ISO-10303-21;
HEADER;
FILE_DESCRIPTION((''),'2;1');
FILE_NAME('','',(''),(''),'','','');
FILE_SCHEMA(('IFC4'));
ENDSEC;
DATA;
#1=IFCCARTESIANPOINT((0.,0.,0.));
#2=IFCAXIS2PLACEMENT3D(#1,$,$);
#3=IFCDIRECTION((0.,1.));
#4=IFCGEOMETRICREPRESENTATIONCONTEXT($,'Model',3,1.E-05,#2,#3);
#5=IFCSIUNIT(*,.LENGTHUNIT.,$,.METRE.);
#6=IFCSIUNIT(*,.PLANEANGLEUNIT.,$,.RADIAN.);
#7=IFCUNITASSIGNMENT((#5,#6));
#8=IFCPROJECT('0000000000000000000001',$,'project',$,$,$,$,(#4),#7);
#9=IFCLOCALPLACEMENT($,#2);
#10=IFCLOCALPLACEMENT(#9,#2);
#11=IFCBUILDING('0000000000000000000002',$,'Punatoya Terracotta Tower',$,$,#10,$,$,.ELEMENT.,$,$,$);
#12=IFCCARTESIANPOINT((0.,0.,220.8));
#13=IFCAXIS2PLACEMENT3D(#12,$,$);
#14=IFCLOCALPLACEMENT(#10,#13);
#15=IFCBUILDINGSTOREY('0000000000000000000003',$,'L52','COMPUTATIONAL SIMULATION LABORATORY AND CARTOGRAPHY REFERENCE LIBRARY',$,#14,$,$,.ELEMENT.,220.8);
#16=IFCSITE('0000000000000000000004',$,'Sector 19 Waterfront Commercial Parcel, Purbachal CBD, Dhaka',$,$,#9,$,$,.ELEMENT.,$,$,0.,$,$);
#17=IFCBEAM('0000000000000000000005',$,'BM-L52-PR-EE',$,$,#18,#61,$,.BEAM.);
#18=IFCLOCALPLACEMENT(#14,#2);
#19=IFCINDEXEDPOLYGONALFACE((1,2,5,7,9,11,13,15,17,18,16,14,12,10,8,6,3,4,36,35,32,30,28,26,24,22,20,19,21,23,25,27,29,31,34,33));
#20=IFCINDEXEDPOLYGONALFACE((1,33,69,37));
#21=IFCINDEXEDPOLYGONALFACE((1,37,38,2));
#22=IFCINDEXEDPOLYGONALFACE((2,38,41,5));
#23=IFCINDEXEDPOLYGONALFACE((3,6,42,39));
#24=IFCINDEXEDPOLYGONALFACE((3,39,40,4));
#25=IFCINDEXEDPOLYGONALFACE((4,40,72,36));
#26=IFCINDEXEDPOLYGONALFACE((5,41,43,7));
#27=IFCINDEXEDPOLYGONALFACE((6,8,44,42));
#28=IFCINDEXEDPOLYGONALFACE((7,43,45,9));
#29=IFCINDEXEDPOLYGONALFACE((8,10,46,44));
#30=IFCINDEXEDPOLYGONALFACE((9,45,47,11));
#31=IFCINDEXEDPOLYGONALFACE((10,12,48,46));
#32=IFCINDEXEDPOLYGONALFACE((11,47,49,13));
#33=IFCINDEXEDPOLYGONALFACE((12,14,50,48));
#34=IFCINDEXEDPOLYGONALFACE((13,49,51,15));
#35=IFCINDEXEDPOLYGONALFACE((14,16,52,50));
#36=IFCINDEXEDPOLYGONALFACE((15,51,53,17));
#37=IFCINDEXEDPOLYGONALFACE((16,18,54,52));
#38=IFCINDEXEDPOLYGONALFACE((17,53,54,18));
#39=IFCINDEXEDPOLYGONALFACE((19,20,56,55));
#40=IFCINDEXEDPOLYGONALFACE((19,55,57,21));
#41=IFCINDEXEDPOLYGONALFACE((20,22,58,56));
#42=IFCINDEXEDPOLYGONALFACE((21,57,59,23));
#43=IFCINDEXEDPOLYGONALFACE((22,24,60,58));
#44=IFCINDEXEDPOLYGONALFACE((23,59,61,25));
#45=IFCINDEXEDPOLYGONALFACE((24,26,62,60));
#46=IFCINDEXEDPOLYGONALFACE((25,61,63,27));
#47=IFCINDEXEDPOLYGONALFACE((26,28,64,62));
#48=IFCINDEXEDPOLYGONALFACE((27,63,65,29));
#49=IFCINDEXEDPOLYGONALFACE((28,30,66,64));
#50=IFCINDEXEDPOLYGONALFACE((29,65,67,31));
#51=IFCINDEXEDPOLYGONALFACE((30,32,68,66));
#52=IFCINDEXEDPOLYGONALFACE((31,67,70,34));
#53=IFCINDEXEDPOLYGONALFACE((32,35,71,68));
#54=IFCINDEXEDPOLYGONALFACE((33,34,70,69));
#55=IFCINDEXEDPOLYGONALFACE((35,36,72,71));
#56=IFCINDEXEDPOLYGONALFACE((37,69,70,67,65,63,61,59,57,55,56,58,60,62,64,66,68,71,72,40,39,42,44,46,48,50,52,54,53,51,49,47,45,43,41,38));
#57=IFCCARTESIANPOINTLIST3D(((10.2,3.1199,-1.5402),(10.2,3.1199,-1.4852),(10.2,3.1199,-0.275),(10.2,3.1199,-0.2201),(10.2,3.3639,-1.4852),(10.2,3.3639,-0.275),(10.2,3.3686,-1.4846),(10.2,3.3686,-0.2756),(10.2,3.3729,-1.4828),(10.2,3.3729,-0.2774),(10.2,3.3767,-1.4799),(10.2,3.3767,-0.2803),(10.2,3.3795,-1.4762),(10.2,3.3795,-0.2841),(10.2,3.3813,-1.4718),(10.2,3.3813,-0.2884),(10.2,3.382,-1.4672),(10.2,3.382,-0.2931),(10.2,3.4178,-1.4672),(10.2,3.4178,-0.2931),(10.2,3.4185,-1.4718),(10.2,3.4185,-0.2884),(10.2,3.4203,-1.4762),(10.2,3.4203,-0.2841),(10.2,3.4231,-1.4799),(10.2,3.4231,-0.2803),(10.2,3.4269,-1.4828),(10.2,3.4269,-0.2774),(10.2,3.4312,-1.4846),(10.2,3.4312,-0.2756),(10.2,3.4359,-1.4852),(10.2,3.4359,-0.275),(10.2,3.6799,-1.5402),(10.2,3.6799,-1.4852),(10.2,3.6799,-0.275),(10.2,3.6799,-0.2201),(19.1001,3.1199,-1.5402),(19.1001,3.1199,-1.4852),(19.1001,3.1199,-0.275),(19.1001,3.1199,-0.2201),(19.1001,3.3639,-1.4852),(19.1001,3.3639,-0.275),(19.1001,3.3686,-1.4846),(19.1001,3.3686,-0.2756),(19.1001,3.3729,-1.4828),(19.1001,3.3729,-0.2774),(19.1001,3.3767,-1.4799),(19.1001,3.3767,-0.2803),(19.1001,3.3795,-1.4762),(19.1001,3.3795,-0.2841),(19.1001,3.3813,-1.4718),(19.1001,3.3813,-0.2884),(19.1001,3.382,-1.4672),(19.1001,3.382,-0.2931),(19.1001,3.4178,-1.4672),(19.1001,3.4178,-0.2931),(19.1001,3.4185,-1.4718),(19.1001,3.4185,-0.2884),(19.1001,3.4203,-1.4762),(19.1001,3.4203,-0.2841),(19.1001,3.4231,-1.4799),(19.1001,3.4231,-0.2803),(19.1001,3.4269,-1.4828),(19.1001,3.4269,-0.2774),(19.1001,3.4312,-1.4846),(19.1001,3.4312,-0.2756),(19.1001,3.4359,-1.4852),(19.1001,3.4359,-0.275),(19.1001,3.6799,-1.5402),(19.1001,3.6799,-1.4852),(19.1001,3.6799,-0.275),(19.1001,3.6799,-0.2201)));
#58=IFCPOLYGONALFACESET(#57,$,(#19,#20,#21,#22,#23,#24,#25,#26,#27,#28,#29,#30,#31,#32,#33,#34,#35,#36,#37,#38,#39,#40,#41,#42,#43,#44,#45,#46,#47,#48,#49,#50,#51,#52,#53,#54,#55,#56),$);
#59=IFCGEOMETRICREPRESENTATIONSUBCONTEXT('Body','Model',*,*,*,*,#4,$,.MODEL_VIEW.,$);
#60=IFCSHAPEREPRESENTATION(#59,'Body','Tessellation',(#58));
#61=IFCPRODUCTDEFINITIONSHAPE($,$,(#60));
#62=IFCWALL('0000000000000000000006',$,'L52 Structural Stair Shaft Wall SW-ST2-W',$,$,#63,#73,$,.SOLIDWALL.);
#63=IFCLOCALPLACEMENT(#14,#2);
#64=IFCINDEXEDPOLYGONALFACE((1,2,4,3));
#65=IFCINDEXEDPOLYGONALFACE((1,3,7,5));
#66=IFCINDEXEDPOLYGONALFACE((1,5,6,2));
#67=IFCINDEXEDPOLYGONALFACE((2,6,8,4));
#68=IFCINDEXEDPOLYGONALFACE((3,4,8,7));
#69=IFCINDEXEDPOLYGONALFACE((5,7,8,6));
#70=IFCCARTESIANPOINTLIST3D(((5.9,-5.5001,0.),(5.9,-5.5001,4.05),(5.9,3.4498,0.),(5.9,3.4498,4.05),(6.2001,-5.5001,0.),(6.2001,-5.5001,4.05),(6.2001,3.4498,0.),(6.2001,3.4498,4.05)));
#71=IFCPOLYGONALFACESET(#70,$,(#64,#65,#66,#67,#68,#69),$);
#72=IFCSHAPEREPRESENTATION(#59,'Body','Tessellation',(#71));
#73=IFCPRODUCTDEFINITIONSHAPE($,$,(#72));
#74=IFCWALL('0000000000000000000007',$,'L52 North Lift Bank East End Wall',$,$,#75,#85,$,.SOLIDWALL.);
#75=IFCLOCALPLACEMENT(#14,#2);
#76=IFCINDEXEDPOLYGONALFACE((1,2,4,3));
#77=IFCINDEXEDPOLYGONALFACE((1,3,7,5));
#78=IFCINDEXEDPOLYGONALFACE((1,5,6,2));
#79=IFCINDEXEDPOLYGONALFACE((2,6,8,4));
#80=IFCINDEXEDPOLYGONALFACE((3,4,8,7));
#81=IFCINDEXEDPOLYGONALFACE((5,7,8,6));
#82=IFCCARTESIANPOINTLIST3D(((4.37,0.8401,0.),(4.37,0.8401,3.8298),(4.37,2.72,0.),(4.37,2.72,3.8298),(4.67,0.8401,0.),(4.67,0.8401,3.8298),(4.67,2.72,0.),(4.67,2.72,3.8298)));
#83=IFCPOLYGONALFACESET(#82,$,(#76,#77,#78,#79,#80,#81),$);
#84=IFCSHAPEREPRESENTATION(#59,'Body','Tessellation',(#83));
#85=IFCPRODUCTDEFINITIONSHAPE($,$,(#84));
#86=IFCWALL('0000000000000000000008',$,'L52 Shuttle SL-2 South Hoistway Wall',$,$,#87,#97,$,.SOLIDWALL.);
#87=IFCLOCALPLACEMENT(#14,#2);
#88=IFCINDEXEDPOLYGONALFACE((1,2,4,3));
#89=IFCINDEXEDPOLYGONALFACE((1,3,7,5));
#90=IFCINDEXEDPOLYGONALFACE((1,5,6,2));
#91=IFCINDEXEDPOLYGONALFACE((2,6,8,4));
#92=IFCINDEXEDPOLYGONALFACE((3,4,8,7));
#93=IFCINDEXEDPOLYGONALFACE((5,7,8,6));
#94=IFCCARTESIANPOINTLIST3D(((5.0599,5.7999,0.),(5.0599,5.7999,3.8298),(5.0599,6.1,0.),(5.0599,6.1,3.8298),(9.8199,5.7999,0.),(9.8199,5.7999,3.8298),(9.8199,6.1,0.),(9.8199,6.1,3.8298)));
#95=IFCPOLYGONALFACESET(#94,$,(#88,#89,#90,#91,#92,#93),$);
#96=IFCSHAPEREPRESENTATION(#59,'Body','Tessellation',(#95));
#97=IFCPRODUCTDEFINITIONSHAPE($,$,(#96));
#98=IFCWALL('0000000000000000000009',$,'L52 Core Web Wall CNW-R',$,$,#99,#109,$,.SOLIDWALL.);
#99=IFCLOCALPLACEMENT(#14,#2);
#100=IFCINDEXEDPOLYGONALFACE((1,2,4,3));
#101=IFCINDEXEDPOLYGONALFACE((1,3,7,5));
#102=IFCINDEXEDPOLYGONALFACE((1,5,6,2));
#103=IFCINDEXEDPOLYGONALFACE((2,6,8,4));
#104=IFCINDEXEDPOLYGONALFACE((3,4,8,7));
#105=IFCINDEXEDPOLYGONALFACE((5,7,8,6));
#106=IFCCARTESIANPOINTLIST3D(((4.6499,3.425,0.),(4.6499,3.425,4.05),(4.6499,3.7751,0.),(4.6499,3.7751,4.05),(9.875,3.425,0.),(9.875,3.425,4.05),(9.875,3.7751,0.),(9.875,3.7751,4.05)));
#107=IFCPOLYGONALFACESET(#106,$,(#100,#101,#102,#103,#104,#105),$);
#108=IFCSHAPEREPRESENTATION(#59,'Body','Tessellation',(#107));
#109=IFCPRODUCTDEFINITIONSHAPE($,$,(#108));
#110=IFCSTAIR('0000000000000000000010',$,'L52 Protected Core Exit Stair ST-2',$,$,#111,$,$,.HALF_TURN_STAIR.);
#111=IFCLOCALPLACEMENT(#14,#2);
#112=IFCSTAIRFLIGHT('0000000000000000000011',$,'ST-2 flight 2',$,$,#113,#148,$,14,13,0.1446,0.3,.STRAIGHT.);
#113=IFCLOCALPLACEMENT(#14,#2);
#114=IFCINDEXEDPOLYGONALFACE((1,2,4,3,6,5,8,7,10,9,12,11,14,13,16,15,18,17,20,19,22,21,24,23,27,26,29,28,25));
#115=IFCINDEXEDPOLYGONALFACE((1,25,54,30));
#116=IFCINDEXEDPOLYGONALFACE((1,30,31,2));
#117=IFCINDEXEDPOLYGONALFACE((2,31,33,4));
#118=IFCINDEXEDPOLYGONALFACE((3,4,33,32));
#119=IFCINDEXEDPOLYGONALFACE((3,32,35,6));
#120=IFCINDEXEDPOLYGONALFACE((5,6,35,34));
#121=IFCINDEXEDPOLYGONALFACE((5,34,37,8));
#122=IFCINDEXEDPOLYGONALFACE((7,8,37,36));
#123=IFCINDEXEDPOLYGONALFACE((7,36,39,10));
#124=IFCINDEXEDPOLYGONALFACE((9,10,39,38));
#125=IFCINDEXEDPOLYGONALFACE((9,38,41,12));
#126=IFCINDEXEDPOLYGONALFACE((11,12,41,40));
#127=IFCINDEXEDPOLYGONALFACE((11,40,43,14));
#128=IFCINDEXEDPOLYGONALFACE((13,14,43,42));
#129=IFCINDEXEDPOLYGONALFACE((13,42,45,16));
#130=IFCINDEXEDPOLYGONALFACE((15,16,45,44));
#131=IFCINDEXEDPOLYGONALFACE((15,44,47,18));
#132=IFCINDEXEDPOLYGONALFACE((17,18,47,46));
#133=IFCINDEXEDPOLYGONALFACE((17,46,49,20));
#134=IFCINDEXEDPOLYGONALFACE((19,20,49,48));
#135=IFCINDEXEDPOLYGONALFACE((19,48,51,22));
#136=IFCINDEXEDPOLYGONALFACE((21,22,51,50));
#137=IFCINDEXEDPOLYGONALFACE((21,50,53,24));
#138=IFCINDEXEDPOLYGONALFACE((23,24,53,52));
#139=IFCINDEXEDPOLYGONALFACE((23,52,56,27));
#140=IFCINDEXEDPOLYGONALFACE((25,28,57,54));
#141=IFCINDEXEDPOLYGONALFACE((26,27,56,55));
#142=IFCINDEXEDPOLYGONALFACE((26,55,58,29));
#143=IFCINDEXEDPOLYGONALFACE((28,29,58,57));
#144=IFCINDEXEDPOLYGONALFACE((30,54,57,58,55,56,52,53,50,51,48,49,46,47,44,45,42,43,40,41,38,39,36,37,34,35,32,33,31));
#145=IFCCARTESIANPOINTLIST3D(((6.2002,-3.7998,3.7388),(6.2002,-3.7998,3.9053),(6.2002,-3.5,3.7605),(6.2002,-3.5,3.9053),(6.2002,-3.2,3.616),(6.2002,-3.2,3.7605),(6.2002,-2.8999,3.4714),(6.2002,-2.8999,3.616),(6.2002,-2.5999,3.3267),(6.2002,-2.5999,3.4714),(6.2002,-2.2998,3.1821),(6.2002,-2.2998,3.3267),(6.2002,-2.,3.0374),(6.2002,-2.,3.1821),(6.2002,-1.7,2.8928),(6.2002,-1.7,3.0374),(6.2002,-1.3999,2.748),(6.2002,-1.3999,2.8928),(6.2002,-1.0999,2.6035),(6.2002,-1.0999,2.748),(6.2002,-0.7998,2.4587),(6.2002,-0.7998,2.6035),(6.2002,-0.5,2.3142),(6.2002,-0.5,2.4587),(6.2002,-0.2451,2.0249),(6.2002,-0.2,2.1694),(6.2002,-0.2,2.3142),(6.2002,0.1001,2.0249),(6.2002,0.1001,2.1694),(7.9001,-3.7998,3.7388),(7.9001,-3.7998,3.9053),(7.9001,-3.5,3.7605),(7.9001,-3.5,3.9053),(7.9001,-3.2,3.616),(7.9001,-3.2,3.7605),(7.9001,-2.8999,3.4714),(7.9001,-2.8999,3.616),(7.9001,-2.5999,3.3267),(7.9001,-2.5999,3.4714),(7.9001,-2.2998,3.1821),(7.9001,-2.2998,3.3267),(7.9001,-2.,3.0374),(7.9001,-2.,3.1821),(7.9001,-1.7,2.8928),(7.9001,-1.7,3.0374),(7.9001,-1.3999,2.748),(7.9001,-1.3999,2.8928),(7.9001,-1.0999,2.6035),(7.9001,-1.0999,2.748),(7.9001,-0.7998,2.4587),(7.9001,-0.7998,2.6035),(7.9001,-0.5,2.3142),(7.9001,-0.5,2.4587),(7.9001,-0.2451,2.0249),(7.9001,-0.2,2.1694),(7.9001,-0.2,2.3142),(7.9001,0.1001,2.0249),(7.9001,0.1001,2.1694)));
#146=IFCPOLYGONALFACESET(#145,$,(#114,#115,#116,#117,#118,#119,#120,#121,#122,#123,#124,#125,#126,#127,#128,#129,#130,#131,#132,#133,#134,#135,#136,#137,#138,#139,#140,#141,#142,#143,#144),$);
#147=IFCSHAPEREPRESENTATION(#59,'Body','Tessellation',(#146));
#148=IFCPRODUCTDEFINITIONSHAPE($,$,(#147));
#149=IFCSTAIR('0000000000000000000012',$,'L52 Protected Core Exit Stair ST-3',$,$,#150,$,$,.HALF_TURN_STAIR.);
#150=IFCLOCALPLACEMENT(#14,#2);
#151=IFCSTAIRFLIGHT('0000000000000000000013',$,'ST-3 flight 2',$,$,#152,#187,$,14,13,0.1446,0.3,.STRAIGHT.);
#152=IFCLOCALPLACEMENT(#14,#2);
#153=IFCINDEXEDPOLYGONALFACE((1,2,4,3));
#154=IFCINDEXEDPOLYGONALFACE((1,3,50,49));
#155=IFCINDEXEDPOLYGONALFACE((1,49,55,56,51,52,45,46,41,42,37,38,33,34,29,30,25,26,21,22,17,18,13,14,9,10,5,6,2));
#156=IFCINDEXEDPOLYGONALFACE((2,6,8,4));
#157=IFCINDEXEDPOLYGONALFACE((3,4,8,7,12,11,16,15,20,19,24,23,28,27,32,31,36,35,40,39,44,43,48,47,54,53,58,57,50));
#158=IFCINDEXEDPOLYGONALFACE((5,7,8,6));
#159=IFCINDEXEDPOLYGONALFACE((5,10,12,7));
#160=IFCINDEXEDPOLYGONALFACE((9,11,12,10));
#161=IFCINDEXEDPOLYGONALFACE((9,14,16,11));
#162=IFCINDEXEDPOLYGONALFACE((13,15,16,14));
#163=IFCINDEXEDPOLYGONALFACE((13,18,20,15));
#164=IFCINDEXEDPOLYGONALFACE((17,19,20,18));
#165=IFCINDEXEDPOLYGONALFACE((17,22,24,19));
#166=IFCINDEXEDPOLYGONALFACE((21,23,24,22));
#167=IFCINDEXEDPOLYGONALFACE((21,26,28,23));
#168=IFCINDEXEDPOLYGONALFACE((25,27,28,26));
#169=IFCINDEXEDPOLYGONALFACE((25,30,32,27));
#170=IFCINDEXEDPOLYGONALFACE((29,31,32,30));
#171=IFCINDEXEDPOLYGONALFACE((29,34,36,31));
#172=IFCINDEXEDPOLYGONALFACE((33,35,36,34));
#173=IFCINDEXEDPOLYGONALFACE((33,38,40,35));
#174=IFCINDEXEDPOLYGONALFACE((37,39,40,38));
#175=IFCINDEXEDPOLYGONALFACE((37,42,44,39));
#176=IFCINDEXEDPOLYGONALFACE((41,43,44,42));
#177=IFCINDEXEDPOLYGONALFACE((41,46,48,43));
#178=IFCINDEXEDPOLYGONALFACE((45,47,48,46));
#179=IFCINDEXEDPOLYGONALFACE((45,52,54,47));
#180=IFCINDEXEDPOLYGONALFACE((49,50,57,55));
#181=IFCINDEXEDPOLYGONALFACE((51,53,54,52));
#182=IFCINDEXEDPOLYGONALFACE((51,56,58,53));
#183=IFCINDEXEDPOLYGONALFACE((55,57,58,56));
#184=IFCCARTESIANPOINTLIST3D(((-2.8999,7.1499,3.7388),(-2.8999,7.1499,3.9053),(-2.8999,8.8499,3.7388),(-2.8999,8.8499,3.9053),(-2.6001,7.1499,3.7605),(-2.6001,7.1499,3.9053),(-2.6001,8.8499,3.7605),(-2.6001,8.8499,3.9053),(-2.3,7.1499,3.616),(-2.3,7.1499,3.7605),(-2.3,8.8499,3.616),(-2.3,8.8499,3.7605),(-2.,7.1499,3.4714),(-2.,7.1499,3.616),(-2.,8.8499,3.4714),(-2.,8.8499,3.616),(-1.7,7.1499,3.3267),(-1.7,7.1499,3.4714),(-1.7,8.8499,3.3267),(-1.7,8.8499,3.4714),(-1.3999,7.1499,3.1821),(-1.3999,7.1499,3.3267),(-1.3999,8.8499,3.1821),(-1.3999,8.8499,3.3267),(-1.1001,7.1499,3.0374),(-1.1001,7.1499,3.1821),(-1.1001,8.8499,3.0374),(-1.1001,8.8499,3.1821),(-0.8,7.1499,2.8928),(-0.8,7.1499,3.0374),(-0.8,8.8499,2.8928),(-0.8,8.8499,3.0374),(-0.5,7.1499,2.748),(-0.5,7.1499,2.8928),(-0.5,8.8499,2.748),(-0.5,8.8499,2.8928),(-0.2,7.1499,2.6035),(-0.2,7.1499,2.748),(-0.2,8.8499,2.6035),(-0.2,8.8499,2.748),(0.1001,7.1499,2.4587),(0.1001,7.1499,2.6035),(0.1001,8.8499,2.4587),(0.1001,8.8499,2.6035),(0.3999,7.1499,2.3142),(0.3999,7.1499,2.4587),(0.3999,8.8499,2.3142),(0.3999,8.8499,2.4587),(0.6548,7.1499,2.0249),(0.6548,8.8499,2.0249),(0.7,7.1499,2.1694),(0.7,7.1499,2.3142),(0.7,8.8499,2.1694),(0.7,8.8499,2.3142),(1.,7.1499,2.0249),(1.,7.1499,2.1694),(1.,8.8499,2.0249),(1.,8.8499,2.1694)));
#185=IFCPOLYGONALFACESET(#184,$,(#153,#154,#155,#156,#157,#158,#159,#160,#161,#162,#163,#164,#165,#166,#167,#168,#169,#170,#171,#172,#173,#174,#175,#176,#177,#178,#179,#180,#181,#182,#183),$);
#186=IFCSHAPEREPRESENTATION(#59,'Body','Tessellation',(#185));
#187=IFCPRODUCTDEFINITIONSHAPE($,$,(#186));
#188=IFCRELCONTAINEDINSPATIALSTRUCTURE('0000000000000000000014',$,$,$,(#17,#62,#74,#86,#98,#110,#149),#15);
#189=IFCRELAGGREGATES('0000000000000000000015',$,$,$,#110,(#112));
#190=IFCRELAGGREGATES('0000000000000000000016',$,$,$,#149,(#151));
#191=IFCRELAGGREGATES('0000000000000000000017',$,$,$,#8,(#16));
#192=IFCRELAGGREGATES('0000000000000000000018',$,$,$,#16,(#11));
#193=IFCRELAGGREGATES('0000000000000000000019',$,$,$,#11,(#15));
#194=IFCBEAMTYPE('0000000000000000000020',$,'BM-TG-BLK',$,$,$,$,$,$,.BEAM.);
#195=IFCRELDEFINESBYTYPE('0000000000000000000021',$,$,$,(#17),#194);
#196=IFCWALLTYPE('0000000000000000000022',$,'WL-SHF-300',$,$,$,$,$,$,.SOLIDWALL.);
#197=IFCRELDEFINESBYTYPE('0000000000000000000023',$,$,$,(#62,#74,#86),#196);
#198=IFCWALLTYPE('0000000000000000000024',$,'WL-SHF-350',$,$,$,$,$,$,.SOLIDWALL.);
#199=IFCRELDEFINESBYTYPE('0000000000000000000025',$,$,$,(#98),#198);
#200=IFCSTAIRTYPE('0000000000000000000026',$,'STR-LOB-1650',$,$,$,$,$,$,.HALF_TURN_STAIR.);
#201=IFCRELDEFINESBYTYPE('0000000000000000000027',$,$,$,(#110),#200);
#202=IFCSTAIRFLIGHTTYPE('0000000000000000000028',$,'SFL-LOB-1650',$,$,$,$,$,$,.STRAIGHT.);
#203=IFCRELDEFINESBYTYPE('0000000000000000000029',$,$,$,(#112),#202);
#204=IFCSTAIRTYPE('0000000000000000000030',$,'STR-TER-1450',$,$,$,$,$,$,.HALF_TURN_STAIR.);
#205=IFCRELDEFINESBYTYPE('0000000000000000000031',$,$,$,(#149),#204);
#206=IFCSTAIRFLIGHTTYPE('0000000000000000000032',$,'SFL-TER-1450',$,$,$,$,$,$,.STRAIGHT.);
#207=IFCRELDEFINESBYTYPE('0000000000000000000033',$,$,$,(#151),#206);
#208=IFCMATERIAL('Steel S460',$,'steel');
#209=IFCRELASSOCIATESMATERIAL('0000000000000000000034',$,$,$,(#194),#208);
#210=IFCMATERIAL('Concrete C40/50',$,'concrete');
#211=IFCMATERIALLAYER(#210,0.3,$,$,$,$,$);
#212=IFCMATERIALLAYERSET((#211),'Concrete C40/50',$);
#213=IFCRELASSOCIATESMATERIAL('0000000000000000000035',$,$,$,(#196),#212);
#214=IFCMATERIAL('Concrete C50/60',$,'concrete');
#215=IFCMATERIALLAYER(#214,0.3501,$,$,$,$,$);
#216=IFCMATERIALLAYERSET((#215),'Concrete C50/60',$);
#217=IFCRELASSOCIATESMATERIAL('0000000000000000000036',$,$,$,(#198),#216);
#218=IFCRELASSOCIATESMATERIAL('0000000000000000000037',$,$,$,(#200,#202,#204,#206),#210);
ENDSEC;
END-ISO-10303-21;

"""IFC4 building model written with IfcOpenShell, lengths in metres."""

from ifc_helpers import new_model, si_unit, direction, frame, frame_2d, origin, origin_2d, place, context, subcontext, project, spatial, polyline, rectangle, i_section, outline, extrude, material, layer, layer_set, material_profile, profile_set, type_object, element, aggregate, save


model = new_model("IFC4")

# Units and contexts
model_context = context("Model", 3, precision=1e-05, world=origin(), true_north=direction((0.0, 1.0)))
body_context = subcontext(model_context, "Body", "Model", "MODEL_VIEW")
ifc_project = project(units=[si_unit("LENGTHUNIT", "METRE"), si_unit("PLANEANGLEUNIT", "RADIAN")], contexts=[model_context])

# Site, building, storey
site_placement = place(None, origin())
site = spatial("IfcSite", under=ifc_project, at=site_placement, Name="Sector 19 Waterfront Commercial Parcel, Purbachal CBD, Dhaka", CompositionType="ELEMENT", RefElevation=0.0)
building_placement = place(site_placement, origin())
building = spatial("IfcBuilding", under=site, at=building_placement, Name="Punatoya Terracotta Tower", CompositionType="ELEMENT")
storey_placement = place(building_placement, frame((0.0, 0.0, 220.8)))
storey = spatial("IfcBuildingStorey", under=building, at=storey_placement, Name="L52", Description="COMPUTATIONAL SIMULATION LABORATORY AND CARTOGRAPHY REFERENCE LIBRARY", CompositionType="ELEMENT", Elevation=220.8)

# Beam
ifc_material_1 = material(Name="Steel S460", Category="steel")
ifc_material_profile_1 = material_profile(ifc_material_1, i_section(OverallWidth=0.5601, OverallDepth=1.3201, WebThickness=0.0359, FlangeThickness=0.0549, FilletRadius=0.0181, at=origin_2d()))
ifc_profile_set_1 = profile_set([ifc_material_profile_1], Name="Steel S460")
beam_type_1 = type_object("IfcBeamType", Name="BM-TG-BLK", PredefinedType="BEAM", material=ifc_profile_set_1)
beam_placement = place(storey_placement, frame((10.2, 3.3999, -0.8801), z_axis=(1.0, 0.0, 0.0), x_axis=(0.0, 1.0, 0.0)))
element("IfcBeam", 1, at=beam_placement, inside=storey, type_object=beam_type_1, Name="BM-L52-PR-EE", PredefinedType="BEAM", context=body_context, shape_type="SweptSolid", body=[
    extrude(i_section(OverallWidth=0.5601, OverallDepth=1.3201, WebThickness=0.0359, FlangeThickness=0.0549, FilletRadius=0.0181, at=origin_2d()), origin(), (0.0, 0.0, 1.0), 8.9001),
])

# Walls
ifc_material_2 = material(Name="Concrete C40/50", Category="concrete")
ifc_layer_1 = layer(ifc_material_2, 0.3)
ifc_layer_set_1 = layer_set([ifc_layer_1], Name="Concrete C40/50")
wall_type_1 = type_object("IfcWallType", Name="WL-SHF-300", PredefinedType="SOLIDWALL", material=ifc_layer_set_1)
wall_1_placement = place(storey_placement, frame((6.05, 3.45, 0.0), z_axis=(0.0, 0.0, 1.0), x_axis=(0.0, -1.0, 0.0)))
element("IfcWall", 2, at=wall_1_placement, inside=storey, type_object=wall_type_1, Name="L52 Structural Stair Shaft Wall SW-ST2-W", PredefinedType="SOLIDWALL", context=body_context, shape_type="SweptSolid", body=[
    extrude(rectangle(XDim=8.95, YDim=0.3, at=frame_2d((4.4751, 0.0))), origin(), (0.0, 0.0, 1.0), 4.05),
])
wall_2_placement = place(storey_placement, frame((4.52, 0.8401, 0.0), z_axis=(0.0, 0.0, 1.0), x_axis=(0.0, 1.0, 0.0)))
element("IfcWall", 3, at=wall_2_placement, inside=storey, type_object=wall_type_1, Name="L52 North Lift Bank East End Wall", PredefinedType="SOLIDWALL", context=body_context, shape_type="SweptSolid", body=[
    extrude(rectangle(XDim=1.8799, YDim=0.3, at=frame_2d((0.9399, 0.0))), origin(), (0.0, 0.0, 1.0), 3.8298),
])
wall_3_placement = place(storey_placement, frame((5.0601, 5.95, 0.0), z_axis=(0.0, 0.0, 1.0), x_axis=(1.0, 0.0, 0.0)))
element("IfcWall", 4, at=wall_3_placement, inside=storey, type_object=wall_type_1, Name="L52 Shuttle SL-2 South Hoistway Wall", PredefinedType="SOLIDWALL", context=body_context, shape_type="SweptSolid", body=[
    extrude(rectangle(XDim=4.76, YDim=0.3, at=frame_2d((2.3799, 0.0))), origin(), (0.0, 0.0, 1.0), 3.8298),
])
ifc_material_3 = material(Name="Concrete C50/60", Category="concrete")
ifc_layer_2 = layer(ifc_material_3, 0.3501)
ifc_layer_set_2 = layer_set([ifc_layer_2], Name="Concrete C50/60")
wall_type_2 = type_object("IfcWallType", Name="WL-SHF-350", PredefinedType="SOLIDWALL", material=ifc_layer_set_2)
wall_4_placement = place(storey_placement, frame((4.6499, 3.6001, 0.0), z_axis=(0.0, 0.0, 1.0), x_axis=(1.0, 0.0, 0.0)))
element("IfcWall", 5, at=wall_4_placement, inside=storey, type_object=wall_type_2, Name="L52 Core Web Wall CNW-R", PredefinedType="SOLIDWALL", context=body_context, shape_type="SweptSolid", body=[
    extrude(rectangle(XDim=5.2251, YDim=0.3501, at=frame_2d((2.6125, 0.0))), origin(), (0.0, 0.0, 1.0), 4.05),
])

# Stairs, stair flights
stair_type_1 = type_object("IfcStairType", Name="STR-LOB-1650", PredefinedType="HALF_TURN_STAIR", material=ifc_material_2)
stair_1_placement = place(storey_placement, origin())
stair_1 = element("IfcStair", 6, at=stair_1_placement, inside=storey, type_object=stair_type_1, Name="L52 Protected Core Exit Stair ST-2", PredefinedType="HALF_TURN_STAIR")
stair_flight_type_1 = type_object("IfcStairFlightType", Name="SFL-LOB-1650", PredefinedType="STRAIGHT", material=ifc_material_2)
stair_flight_1_placement = place(storey_placement, frame((7.05, 0.1001, 2.0249), z_axis=(0.0, 0.0, 1.0), x_axis=(0.0, -1.0, 0.0)))
stair_flight_1 = element("IfcStairFlight", 7, at=stair_flight_1_placement, type_object=stair_flight_type_1, Name="ST-2 flight 2", NumberOfRisers=14, NumberOfTreads=13, PredefinedType="STRAIGHT", RiserHeight=0.1446, TreadLength=0.3, context=body_context, shape_type="SweptSolid", body=[
    extrude(outline(polyline([(0.0, 0.0), (0.0, 0.1445), (0.3, 0.1445), (0.3, 0.2893), (0.6001, 0.2893), (0.6001, 0.4338), (0.8999, 0.4338), (0.8999, 0.5786), (1.2, 0.5786), (1.2, 0.7231), (1.5, 0.7231), (1.5, 0.8679), (1.8, 0.8679), (1.8, 1.0125), (2.1001, 1.0125), (2.1001, 1.1572), (2.3999, 1.1572), (2.3999, 1.3018), (2.7, 1.3018), (2.7, 1.4465), (3.0, 1.4465), (3.0, 1.5911), (3.3, 1.5911), (3.3, 1.7356), (3.6001, 1.7356), (3.6001, 1.8804), (3.8999, 1.8804), (3.8999, 2.0249), (3.8999, 1.7139), (0.3452, 0.0), (0.0, 0.0)])), frame((0.0, 0.8501, 0.0), z_axis=(0.0, -1.0, 0.0), x_axis=(1.0, 0.0, 0.0)), (0.0, 0.0, 1.0), 1.7),
])
aggregate(stair_1, [stair_flight_1])
stair_type_2 = type_object("IfcStairType", Name="STR-TER-1450", PredefinedType="HALF_TURN_STAIR", material=ifc_material_2)
stair_2_placement = place(storey_placement, origin())
stair_2 = element("IfcStair", 8, at=stair_2_placement, inside=storey, type_object=stair_type_2, Name="L52 Protected Core Exit Stair ST-3", PredefinedType="HALF_TURN_STAIR")
stair_flight_type_2 = type_object("IfcStairFlightType", Name="SFL-TER-1450", PredefinedType="STRAIGHT", material=ifc_material_2)
stair_flight_2_placement = place(storey_placement, frame((1.0, 8.0, 2.0249), z_axis=(0.0, 0.0, 1.0), x_axis=(-1.0, 0.0, 0.0)))
stair_flight_2 = element("IfcStairFlight", 9, at=stair_flight_2_placement, type_object=stair_flight_type_2, Name="ST-3 flight 2", NumberOfRisers=14, NumberOfTreads=13, PredefinedType="STRAIGHT", RiserHeight=0.1446, TreadLength=0.3, context=body_context, shape_type="SweptSolid", body=[
    extrude(outline(polyline([(0.0, 0.0), (0.0, 0.1445), (0.3, 0.1445), (0.3, 0.2893), (0.6001, 0.2893), (0.6001, 0.4338), (0.8999, 0.4338), (0.8999, 0.5786), (1.2, 0.5786), (1.2, 0.7231), (1.5, 0.7231), (1.5, 0.8679), (1.8, 0.8679), (1.8, 1.0125), (2.1001, 1.0125), (2.1001, 1.1572), (2.3999, 1.1572), (2.3999, 1.3018), (2.7, 1.3018), (2.7, 1.4465), (3.0, 1.4465), (3.0, 1.5911), (3.3, 1.5911), (3.3, 1.7356), (3.6001, 1.7356), (3.6001, 1.8804), (3.8999, 1.8804), (3.8999, 2.0249), (3.8999, 1.7139), (0.3452, 0.0), (0.0, 0.0)])), frame((0.0, 0.8501, 0.0), z_axis=(0.0, -1.0, 0.0), x_axis=(1.0, 0.0, 0.0)), (0.0, 0.0, 1.0), 1.7),
])
aggregate(stair_2, [stair_flight_2])

save(model, "model.ifc")
